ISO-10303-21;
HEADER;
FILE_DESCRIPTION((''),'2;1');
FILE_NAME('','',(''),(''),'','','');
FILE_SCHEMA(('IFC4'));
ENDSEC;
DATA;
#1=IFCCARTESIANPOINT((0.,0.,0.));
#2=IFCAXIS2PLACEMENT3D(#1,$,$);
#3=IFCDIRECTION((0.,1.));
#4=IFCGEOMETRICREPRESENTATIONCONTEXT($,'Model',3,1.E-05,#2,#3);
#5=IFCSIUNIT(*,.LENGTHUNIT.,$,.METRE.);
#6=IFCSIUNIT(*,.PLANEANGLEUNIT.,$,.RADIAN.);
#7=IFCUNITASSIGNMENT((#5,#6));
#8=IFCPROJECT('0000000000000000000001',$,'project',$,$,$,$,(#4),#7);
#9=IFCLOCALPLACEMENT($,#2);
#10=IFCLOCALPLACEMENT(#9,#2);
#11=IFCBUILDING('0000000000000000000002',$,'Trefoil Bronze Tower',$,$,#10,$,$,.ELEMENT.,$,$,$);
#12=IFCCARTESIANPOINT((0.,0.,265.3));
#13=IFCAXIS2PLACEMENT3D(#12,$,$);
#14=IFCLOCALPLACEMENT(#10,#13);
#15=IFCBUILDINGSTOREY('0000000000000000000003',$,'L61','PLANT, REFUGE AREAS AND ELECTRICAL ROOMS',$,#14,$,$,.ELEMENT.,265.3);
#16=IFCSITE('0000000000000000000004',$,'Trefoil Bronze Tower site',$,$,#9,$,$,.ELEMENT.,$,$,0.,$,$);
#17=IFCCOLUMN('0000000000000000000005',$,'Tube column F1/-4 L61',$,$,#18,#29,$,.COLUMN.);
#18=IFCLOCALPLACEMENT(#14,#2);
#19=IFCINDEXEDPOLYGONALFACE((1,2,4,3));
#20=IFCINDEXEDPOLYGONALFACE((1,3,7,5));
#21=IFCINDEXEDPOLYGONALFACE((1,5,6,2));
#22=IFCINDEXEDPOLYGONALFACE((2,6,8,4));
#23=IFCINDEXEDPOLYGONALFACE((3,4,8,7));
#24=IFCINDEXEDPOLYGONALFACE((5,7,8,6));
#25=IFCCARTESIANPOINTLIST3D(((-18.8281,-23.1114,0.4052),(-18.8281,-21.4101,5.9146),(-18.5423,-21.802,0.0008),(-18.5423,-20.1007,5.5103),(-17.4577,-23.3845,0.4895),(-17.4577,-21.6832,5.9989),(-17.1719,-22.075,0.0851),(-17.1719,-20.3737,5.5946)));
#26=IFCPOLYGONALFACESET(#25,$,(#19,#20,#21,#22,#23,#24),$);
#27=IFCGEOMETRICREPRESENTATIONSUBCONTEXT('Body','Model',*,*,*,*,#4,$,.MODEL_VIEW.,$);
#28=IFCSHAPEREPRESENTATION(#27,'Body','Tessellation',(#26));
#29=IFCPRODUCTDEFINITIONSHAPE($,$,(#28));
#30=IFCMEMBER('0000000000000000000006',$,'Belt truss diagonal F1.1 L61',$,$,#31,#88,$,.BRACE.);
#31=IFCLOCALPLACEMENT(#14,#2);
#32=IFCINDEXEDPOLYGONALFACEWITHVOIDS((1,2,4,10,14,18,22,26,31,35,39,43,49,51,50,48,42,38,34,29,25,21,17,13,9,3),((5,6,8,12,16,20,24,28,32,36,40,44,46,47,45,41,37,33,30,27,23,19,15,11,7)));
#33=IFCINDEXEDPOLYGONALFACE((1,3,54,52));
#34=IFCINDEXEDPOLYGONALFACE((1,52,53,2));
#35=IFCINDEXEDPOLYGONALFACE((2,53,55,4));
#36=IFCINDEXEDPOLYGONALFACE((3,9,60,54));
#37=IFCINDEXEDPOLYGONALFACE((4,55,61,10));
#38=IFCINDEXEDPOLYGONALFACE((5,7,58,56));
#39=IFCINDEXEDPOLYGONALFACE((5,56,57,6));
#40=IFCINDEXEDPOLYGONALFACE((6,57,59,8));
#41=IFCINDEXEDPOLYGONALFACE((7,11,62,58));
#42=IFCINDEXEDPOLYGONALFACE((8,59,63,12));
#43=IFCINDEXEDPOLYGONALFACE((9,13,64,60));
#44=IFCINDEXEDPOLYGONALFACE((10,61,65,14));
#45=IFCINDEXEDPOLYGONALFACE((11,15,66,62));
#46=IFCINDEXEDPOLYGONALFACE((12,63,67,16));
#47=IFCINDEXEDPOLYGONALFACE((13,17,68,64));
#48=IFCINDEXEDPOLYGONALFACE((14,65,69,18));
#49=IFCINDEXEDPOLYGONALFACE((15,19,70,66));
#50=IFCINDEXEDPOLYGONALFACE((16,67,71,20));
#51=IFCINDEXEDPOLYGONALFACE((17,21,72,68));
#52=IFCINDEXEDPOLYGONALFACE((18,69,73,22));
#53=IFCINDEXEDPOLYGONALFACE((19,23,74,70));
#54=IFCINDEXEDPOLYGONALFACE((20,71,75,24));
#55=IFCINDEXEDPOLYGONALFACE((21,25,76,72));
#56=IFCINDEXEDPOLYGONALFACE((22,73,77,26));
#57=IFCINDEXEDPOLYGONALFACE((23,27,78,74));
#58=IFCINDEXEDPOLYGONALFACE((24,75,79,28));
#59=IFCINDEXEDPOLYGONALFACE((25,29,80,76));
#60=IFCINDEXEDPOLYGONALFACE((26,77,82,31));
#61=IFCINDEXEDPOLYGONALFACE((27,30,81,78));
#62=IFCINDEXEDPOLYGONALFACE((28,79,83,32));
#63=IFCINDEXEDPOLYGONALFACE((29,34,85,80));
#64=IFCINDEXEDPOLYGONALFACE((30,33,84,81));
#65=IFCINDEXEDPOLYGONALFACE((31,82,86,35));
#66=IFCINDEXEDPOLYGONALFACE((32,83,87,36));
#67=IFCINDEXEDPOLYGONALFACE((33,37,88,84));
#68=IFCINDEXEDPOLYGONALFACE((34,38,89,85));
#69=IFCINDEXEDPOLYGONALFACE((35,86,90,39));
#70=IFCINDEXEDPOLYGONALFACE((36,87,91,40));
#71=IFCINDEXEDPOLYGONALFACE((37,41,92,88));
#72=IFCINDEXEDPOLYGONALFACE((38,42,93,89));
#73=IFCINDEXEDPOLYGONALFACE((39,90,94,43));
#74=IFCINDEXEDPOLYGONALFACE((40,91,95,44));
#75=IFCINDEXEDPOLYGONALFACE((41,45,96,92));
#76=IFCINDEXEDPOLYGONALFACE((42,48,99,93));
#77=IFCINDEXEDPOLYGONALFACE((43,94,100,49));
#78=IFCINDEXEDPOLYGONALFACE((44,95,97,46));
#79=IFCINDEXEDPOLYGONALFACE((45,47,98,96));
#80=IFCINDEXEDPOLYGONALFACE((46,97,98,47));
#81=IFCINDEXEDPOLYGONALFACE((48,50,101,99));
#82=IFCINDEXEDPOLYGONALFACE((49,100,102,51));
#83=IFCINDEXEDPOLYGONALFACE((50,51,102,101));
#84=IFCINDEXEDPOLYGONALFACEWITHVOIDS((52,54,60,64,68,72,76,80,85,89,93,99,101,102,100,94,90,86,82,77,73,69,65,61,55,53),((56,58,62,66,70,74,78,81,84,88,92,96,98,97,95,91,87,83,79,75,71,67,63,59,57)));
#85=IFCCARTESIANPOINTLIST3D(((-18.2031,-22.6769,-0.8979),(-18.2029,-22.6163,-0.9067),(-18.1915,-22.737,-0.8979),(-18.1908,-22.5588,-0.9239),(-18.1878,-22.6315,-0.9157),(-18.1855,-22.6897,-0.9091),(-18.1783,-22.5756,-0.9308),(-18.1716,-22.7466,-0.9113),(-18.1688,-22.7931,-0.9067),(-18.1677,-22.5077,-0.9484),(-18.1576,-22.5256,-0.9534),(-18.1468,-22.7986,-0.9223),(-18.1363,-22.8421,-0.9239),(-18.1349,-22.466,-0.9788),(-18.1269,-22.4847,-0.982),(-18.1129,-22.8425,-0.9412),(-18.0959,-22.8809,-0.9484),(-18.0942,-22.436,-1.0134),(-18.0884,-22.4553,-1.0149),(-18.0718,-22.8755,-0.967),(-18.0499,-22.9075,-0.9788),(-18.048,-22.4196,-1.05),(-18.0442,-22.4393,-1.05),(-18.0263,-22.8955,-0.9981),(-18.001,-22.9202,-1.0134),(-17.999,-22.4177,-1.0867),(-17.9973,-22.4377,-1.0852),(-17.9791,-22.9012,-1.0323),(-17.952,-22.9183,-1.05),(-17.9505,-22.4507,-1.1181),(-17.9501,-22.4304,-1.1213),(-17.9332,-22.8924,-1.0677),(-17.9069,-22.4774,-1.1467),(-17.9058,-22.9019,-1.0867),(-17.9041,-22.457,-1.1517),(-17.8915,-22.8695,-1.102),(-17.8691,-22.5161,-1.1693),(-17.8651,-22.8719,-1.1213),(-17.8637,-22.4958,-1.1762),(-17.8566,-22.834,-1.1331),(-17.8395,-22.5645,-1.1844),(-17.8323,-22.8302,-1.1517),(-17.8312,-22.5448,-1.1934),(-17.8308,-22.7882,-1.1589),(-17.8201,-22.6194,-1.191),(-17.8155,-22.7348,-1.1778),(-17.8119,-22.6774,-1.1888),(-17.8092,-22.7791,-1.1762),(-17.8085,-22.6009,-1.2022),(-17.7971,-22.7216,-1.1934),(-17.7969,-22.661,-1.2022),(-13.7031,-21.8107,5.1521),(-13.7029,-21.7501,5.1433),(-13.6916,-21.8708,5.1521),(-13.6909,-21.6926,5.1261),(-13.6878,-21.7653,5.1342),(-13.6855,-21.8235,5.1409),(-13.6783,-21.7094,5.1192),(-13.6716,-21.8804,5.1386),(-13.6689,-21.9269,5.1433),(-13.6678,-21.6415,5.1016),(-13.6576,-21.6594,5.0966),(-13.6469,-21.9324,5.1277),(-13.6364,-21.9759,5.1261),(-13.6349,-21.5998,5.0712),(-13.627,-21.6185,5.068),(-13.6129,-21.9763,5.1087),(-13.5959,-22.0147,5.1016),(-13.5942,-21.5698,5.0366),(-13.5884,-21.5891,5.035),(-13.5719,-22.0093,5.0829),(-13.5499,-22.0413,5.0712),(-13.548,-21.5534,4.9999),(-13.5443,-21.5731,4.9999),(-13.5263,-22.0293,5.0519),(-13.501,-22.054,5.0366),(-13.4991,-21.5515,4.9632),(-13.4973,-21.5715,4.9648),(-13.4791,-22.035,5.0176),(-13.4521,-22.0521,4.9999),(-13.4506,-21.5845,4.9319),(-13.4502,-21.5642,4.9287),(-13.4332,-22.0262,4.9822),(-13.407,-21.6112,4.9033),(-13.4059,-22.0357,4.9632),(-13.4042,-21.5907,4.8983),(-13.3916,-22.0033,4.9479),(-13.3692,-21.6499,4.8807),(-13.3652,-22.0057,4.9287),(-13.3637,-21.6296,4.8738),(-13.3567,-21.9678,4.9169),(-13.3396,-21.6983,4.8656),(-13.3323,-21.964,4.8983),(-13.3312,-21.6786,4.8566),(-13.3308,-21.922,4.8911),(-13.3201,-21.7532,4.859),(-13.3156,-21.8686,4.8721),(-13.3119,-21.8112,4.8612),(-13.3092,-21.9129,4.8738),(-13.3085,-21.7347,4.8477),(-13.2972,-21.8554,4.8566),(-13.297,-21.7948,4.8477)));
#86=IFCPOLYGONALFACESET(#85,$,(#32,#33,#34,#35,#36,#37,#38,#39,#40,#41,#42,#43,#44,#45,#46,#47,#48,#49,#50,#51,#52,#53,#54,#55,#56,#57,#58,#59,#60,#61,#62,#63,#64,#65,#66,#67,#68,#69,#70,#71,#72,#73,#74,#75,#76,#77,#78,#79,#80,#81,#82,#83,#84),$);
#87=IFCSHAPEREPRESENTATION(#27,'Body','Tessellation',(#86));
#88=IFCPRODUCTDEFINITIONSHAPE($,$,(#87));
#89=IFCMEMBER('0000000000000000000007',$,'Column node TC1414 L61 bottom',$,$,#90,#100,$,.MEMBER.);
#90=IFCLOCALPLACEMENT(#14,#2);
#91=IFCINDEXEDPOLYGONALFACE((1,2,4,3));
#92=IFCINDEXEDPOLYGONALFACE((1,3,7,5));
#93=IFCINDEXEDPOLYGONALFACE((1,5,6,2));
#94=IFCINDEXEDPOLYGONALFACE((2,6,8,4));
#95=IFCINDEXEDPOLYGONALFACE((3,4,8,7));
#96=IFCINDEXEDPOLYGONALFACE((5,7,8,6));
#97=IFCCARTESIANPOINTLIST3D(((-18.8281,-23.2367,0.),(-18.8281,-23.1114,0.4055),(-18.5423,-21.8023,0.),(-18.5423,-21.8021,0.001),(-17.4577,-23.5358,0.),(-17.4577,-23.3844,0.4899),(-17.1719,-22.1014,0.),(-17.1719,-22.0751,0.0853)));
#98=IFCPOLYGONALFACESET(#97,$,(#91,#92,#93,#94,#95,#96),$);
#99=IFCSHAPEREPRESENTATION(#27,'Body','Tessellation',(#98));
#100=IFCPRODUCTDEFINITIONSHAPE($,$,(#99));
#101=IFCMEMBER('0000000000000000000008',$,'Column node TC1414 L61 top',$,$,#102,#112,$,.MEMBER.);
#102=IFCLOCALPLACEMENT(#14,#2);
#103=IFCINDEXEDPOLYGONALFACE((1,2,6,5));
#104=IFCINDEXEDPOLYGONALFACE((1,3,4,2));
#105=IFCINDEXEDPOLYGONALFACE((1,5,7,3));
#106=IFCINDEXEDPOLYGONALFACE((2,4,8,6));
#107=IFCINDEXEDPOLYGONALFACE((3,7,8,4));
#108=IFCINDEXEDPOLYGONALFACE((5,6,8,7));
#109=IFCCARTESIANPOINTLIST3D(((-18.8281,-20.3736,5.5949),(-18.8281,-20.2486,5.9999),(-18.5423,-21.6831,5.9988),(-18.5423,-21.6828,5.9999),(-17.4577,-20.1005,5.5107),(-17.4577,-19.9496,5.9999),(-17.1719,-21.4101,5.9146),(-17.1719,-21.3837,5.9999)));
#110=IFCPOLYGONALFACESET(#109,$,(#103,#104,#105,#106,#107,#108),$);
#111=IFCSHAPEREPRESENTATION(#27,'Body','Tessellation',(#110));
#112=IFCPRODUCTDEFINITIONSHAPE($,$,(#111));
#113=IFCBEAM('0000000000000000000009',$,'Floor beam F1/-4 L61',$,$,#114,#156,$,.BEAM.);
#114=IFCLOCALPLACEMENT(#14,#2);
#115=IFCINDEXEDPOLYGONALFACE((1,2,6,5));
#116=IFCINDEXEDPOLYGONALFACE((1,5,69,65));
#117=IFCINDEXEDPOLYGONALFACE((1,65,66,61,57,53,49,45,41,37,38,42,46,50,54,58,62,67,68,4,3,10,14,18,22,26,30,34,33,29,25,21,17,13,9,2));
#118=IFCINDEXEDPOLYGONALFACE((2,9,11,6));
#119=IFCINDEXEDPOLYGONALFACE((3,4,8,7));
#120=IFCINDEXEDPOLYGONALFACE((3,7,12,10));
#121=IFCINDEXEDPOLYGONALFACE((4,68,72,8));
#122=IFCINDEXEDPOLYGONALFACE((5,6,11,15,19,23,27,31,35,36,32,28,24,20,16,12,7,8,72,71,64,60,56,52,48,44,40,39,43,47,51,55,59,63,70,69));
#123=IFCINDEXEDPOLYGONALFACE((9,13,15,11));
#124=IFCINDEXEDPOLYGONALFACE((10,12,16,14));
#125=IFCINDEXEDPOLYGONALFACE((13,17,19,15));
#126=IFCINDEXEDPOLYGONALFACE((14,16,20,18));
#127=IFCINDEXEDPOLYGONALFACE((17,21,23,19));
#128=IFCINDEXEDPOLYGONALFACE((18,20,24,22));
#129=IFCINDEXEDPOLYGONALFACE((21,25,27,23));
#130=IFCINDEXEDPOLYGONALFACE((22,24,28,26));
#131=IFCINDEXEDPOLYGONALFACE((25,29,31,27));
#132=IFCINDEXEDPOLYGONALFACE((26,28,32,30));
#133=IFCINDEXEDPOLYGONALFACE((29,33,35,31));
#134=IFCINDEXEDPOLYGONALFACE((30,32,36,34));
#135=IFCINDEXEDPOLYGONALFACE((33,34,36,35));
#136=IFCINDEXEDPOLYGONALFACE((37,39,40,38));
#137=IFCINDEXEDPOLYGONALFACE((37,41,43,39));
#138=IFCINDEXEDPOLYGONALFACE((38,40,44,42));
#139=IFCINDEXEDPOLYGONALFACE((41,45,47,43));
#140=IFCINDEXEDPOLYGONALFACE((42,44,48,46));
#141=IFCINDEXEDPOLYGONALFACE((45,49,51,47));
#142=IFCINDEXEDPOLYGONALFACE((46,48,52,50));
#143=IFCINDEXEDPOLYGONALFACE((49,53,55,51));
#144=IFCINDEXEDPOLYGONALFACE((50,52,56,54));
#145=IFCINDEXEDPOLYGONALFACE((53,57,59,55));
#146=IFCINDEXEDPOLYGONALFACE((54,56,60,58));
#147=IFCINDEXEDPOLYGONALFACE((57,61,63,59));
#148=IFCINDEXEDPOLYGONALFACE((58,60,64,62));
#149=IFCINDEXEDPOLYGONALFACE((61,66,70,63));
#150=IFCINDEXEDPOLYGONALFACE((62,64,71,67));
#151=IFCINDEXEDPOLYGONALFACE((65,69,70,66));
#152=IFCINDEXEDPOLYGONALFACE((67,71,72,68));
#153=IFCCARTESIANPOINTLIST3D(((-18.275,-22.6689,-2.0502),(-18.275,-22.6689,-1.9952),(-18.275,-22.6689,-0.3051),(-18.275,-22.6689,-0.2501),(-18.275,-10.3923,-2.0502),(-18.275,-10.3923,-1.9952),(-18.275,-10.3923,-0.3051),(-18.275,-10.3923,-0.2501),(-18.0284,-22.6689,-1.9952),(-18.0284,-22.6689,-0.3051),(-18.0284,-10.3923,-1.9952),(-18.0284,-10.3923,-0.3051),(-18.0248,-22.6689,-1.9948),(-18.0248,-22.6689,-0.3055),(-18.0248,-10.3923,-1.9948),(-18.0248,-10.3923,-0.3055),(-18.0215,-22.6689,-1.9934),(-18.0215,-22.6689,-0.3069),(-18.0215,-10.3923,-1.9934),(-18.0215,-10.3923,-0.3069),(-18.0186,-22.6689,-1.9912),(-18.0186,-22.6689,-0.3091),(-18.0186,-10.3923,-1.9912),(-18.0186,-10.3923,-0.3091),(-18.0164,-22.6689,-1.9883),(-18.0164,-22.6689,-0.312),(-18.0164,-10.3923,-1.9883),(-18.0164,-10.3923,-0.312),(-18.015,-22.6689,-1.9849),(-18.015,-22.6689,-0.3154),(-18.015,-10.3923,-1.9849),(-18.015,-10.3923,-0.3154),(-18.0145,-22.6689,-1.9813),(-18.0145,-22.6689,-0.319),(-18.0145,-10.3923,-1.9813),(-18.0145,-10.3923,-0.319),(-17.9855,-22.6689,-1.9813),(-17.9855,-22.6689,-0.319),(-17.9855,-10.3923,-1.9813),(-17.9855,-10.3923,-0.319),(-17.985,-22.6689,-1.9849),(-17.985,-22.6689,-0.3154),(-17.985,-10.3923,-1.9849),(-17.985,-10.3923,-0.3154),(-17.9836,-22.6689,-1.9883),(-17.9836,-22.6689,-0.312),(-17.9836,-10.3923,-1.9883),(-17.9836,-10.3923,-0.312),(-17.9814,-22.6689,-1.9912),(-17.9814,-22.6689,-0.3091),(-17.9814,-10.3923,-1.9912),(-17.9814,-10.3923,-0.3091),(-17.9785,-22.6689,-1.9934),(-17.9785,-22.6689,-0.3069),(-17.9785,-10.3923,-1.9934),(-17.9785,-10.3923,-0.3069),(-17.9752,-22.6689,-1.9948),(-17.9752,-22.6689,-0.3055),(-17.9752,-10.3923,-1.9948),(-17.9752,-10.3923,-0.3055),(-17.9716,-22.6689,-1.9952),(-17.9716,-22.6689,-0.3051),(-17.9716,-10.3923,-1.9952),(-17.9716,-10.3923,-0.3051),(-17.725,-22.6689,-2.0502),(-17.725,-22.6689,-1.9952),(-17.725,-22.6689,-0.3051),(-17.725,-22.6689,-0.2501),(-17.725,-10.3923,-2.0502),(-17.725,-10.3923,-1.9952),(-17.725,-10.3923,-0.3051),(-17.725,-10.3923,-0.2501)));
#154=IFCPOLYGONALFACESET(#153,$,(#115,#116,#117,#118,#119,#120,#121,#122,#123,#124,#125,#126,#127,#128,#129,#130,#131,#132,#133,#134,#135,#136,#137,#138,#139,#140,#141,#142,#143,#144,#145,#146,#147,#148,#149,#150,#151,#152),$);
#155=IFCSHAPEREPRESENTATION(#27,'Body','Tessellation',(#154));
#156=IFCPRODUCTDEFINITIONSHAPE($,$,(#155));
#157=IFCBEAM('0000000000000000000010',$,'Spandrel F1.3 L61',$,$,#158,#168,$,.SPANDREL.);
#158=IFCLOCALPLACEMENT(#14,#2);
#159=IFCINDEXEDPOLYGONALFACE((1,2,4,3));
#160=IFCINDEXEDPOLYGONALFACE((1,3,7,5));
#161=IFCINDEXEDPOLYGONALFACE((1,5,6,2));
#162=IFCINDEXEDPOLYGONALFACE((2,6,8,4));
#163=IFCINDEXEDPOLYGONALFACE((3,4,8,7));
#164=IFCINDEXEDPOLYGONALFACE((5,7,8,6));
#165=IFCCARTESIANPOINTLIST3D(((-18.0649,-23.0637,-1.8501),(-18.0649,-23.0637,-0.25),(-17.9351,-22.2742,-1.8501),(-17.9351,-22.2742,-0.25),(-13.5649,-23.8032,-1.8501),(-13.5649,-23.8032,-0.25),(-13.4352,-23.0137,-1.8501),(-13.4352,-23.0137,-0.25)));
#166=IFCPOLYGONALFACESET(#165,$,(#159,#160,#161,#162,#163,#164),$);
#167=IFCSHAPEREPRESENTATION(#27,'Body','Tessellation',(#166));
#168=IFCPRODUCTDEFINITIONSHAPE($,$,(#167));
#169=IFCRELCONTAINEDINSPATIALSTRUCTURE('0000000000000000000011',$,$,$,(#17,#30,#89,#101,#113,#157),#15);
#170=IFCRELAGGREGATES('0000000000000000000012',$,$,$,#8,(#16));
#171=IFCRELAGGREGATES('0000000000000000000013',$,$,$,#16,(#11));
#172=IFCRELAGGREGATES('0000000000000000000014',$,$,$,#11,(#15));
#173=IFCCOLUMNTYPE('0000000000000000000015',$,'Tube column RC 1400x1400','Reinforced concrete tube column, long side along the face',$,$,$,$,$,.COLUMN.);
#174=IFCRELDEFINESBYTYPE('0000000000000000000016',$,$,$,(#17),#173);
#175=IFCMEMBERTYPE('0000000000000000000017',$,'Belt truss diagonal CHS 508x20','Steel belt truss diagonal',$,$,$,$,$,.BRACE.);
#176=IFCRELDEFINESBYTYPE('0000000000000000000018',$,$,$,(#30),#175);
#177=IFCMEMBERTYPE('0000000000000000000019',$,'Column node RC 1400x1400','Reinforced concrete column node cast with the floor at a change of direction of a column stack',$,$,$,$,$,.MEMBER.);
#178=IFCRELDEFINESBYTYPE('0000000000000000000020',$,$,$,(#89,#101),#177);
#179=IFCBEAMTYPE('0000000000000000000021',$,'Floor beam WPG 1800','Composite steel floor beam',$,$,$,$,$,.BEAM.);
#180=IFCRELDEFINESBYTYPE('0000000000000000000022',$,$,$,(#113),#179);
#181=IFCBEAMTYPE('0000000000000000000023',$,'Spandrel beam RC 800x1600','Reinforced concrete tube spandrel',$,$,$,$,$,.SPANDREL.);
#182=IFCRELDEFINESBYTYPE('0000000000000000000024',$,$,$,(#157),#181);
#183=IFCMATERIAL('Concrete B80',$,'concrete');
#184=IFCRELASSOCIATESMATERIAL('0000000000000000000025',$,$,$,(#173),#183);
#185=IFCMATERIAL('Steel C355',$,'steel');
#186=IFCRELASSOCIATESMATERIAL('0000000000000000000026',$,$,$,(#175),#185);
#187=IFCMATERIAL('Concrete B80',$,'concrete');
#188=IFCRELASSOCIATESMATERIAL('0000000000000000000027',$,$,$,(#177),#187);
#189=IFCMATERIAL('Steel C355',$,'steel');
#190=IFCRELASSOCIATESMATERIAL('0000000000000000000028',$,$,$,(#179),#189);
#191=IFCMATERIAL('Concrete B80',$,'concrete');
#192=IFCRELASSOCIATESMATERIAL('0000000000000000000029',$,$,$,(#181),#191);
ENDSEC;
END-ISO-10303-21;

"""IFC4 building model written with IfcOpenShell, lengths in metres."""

from ifc_helpers import new_model, si_unit, direction, frame, origin, origin_2d, place, context, subcontext, project, spatial, rectangle, hollow_circle, i_section, extrude, clip, halfspace, material, material_profile, profile_set, type_object, element, save


model = new_model("IFC4")

# Units and contexts
model_context = context("Model", 3, precision=1e-05, world=origin(), true_north=direction((0.0, 1.0)))
body_context = subcontext(model_context, "Body", "Model", "MODEL_VIEW")
ifc_project = project(units=[si_unit("LENGTHUNIT", "METRE"), si_unit("PLANEANGLEUNIT", "RADIAN")], contexts=[model_context])

# Site, building, storey
site_placement = place(None, origin())
site = spatial("IfcSite", under=ifc_project, at=site_placement, Name="Trefoil Bronze Tower site", CompositionType="ELEMENT", RefElevation=0.0)
building_placement = place(site_placement, origin())
building = spatial("IfcBuilding", under=site, at=building_placement, Name="Trefoil Bronze Tower", CompositionType="ELEMENT")
storey_placement = place(building_placement, frame((0.0, 0.0, 265.3)))
storey = spatial("IfcBuildingStorey", under=building, at=storey_placement, Name="L61", Description="PLANT, REFUGE AREAS AND ELECTRICAL ROOMS", CompositionType="ELEMENT", Elevation=265.3)

# Column
ifc_material_1 = material(Name="Concrete B80", Category="concrete")
ifc_material_profile_1 = material_profile(ifc_material_1, rectangle(XDim=1.3999, YDim=1.3999, at=origin_2d()), Name="RC 1400x1400")
ifc_profile_set_1 = profile_set([ifc_material_profile_1], Name="Concrete B80")
column_type = type_object("IfcColumnType", Name="Tube column RC 1400x1400", Description="Reinforced concrete tube column, long side along the face", PredefinedType="COLUMN", material=ifc_profile_set_1)
column_placement = place(storey_placement, frame((-18.0, -22.6689, 0.0), z_axis=(0.0, 0.29505, 0.955482), x_axis=(0.978946, -0.195031, 0.060225)))
element("IfcColumn", 1, at=column_placement, inside=storey, type_object=column_type, Name="Tube column F1/-4 L61", PredefinedType="COLUMN", context=body_context, shape_type="Clipping", body=[
    clip(clip(extrude(rectangle(XDim=1.3999, YDim=1.3999, at=origin_2d()), origin(), (0.0, 0.0, 1.0), 6.2795), halfspace(frame((0.0, 0.0, 0.2566), z_axis=(-0.000002, 0.000008, 1.0), x_axis=(0.0, 1.0, -0.000008)), True)), halfspace(frame((0.0, 0.0, 6.0227), z_axis=(0.000002, -0.000008, -1.0), x_axis=(0.0, -1.0, 0.000008)), True)),
])

# Members
ifc_material_2 = material(Name="Steel C355", Category="steel")
ifc_material_profile_2 = material_profile(ifc_material_2, hollow_circle(Radius=0.2539, WallThickness=0.02, at=origin_2d()), Name="CHS 508x20")
ifc_profile_set_2 = profile_set([ifc_material_profile_2], Name="Steel C355")
member_type_1 = type_object("IfcMemberType", Name="Belt truss diagonal CHS 508x20", Description="Steel belt truss diagonal", PredefinedType="BRACE", material=ifc_profile_set_2)
member_1_placement = place(storey_placement, frame((-18.0, -22.6689, -1.05), z_axis=(0.592909, 0.11413, 0.79714), x_axis=(-0.189021, 0.981973, 0.0)))
element("IfcMember", 2, at=member_1_placement, inside=storey, type_object=member_type_1, Name="Belt truss diagonal F1.1 L61", PredefinedType="BRACE", context=body_context, shape_type="SweptSolid", body=[
    extrude(hollow_circle(Radius=0.2539, WallThickness=0.02, at=origin_2d()), origin(), (0.0, 0.0, 1.0), 7.5896),
])
ifc_material_3 = material(Name="Concrete B80", Category="concrete")
ifc_material_profile_3 = material_profile(ifc_material_3, rectangle(XDim=1.3999, YDim=1.3999, at=origin_2d()), Name="RC 1400x1400")
ifc_profile_set_3 = profile_set([ifc_material_profile_3], Name="Concrete B80")
member_type_2 = type_object("IfcMemberType", Name="Column node RC 1400x1400", Description="Reinforced concrete column node cast with the floor at a change of direction of a column stack", PredefinedType="MEMBER", material=ifc_profile_set_3)
member_2_placement = place(storey_placement, frame((-18.0, -22.7449, -0.2454), z_axis=(0.0, 0.295188, 0.955439), x_axis=(0.978946, -0.195022, 0.060253)))
element("IfcMember", 3, at=member_2_placement, inside=storey, type_object=member_type_2, Name="Column node TC1414 L61 bottom", PredefinedType="MEMBER", context=body_context, shape_type="Clipping", body=[
    clip(extrude(rectangle(XDim=1.3999, YDim=1.3999, at=origin_2d()), origin(), (0.0, 0.0, 1.0), 0.5137), halfspace(frame((0.0, 0.0, 0.2568), z_axis=(0.060253, -0.288973, 0.955439), x_axis=(0.0, 0.957178, 0.289499)), True)),
])
member_3_placement = place(storey_placement, frame((-18.0, -20.7405, 6.2454), z_axis=(0.0, -0.294754, -0.955573), x_axis=(-0.978946, -0.19505, 0.060165)))
element("IfcMember", 4, at=member_3_placement, inside=storey, type_object=member_type_2, Name="Column node TC1414 L61 top", PredefinedType="MEMBER", context=body_context, shape_type="Clipping", body=[
    clip(extrude(rectangle(XDim=1.3999, YDim=1.3999, at=origin_2d()), origin(), (0.0, 0.0, 1.0), 0.5134), halfspace(frame((0.0, 0.0, 0.2568), z_axis=(-0.060165, 0.288548, 0.955573), x_axis=(0.0, 0.957307, -0.289072)), True)),
])

# Beams
ifc_material_4 = material(Name="Steel C355", Category="steel")
ifc_material_profile_4 = material_profile(ifc_material_4, i_section(OverallWidth=0.55, OverallDepth=1.8, WebThickness=0.0291, FlangeThickness=0.0549, FilletRadius=0.0139, at=origin_2d()), Name="WPG 1800")
ifc_profile_set_4 = profile_set([ifc_material_profile_4], Name="Steel C355")
beam_type_1 = type_object("IfcBeamType", Name="Floor beam WPG 1800", Description="Composite steel floor beam", PredefinedType="BEAM", material=ifc_profile_set_4)
beam_1_placement = place(storey_placement, frame((-18.0, -22.6689, -1.1501), z_axis=(0.0, 1.0, 0.0), x_axis=(-1.0, 0.0, 0.0)))
element("IfcBeam", 5, at=beam_1_placement, inside=storey, type_object=beam_type_1, Name="Floor beam F1/-4 L61", PredefinedType="BEAM", context=body_context, shape_type="SweptSolid", body=[
    extrude(i_section(OverallWidth=0.55, OverallDepth=1.8, WebThickness=0.0291, FlangeThickness=0.0549, FilletRadius=0.0139, at=origin_2d()), origin(), (0.0, 0.0, 1.0), 12.2766),
])
ifc_material_5 = material(Name="Concrete B80", Category="concrete")
ifc_material_profile_5 = material_profile(ifc_material_5, rectangle(XDim=0.8, YDim=1.6001, at=origin_2d()), Name="RC 800x1600")
ifc_profile_set_5 = profile_set([ifc_material_profile_5], Name="Concrete B80")
beam_type_2 = type_object("IfcBeamType", Name="Spandrel beam RC 800x1600", Description="Reinforced concrete tube spandrel", PredefinedType="SPANDREL", material=ifc_profile_set_5)
beam_2_placement = place(storey_placement, frame((-18.0, -22.6689, -1.05), z_axis=(0.986765, -0.162159, 0.0), x_axis=(0.162159, 0.986765, 0.0)))
element("IfcBeam", 6, at=beam_2_placement, inside=storey, type_object=beam_type_2, Name="Spandrel F1.3 L61", PredefinedType="SPANDREL", context=body_context, shape_type="SweptSolid", body=[
    extrude(rectangle(XDim=0.8, YDim=1.6001, at=origin_2d()), origin(), (0.0, 0.0, 1.0), 4.5603),
])

save(model, "model.ifc")
